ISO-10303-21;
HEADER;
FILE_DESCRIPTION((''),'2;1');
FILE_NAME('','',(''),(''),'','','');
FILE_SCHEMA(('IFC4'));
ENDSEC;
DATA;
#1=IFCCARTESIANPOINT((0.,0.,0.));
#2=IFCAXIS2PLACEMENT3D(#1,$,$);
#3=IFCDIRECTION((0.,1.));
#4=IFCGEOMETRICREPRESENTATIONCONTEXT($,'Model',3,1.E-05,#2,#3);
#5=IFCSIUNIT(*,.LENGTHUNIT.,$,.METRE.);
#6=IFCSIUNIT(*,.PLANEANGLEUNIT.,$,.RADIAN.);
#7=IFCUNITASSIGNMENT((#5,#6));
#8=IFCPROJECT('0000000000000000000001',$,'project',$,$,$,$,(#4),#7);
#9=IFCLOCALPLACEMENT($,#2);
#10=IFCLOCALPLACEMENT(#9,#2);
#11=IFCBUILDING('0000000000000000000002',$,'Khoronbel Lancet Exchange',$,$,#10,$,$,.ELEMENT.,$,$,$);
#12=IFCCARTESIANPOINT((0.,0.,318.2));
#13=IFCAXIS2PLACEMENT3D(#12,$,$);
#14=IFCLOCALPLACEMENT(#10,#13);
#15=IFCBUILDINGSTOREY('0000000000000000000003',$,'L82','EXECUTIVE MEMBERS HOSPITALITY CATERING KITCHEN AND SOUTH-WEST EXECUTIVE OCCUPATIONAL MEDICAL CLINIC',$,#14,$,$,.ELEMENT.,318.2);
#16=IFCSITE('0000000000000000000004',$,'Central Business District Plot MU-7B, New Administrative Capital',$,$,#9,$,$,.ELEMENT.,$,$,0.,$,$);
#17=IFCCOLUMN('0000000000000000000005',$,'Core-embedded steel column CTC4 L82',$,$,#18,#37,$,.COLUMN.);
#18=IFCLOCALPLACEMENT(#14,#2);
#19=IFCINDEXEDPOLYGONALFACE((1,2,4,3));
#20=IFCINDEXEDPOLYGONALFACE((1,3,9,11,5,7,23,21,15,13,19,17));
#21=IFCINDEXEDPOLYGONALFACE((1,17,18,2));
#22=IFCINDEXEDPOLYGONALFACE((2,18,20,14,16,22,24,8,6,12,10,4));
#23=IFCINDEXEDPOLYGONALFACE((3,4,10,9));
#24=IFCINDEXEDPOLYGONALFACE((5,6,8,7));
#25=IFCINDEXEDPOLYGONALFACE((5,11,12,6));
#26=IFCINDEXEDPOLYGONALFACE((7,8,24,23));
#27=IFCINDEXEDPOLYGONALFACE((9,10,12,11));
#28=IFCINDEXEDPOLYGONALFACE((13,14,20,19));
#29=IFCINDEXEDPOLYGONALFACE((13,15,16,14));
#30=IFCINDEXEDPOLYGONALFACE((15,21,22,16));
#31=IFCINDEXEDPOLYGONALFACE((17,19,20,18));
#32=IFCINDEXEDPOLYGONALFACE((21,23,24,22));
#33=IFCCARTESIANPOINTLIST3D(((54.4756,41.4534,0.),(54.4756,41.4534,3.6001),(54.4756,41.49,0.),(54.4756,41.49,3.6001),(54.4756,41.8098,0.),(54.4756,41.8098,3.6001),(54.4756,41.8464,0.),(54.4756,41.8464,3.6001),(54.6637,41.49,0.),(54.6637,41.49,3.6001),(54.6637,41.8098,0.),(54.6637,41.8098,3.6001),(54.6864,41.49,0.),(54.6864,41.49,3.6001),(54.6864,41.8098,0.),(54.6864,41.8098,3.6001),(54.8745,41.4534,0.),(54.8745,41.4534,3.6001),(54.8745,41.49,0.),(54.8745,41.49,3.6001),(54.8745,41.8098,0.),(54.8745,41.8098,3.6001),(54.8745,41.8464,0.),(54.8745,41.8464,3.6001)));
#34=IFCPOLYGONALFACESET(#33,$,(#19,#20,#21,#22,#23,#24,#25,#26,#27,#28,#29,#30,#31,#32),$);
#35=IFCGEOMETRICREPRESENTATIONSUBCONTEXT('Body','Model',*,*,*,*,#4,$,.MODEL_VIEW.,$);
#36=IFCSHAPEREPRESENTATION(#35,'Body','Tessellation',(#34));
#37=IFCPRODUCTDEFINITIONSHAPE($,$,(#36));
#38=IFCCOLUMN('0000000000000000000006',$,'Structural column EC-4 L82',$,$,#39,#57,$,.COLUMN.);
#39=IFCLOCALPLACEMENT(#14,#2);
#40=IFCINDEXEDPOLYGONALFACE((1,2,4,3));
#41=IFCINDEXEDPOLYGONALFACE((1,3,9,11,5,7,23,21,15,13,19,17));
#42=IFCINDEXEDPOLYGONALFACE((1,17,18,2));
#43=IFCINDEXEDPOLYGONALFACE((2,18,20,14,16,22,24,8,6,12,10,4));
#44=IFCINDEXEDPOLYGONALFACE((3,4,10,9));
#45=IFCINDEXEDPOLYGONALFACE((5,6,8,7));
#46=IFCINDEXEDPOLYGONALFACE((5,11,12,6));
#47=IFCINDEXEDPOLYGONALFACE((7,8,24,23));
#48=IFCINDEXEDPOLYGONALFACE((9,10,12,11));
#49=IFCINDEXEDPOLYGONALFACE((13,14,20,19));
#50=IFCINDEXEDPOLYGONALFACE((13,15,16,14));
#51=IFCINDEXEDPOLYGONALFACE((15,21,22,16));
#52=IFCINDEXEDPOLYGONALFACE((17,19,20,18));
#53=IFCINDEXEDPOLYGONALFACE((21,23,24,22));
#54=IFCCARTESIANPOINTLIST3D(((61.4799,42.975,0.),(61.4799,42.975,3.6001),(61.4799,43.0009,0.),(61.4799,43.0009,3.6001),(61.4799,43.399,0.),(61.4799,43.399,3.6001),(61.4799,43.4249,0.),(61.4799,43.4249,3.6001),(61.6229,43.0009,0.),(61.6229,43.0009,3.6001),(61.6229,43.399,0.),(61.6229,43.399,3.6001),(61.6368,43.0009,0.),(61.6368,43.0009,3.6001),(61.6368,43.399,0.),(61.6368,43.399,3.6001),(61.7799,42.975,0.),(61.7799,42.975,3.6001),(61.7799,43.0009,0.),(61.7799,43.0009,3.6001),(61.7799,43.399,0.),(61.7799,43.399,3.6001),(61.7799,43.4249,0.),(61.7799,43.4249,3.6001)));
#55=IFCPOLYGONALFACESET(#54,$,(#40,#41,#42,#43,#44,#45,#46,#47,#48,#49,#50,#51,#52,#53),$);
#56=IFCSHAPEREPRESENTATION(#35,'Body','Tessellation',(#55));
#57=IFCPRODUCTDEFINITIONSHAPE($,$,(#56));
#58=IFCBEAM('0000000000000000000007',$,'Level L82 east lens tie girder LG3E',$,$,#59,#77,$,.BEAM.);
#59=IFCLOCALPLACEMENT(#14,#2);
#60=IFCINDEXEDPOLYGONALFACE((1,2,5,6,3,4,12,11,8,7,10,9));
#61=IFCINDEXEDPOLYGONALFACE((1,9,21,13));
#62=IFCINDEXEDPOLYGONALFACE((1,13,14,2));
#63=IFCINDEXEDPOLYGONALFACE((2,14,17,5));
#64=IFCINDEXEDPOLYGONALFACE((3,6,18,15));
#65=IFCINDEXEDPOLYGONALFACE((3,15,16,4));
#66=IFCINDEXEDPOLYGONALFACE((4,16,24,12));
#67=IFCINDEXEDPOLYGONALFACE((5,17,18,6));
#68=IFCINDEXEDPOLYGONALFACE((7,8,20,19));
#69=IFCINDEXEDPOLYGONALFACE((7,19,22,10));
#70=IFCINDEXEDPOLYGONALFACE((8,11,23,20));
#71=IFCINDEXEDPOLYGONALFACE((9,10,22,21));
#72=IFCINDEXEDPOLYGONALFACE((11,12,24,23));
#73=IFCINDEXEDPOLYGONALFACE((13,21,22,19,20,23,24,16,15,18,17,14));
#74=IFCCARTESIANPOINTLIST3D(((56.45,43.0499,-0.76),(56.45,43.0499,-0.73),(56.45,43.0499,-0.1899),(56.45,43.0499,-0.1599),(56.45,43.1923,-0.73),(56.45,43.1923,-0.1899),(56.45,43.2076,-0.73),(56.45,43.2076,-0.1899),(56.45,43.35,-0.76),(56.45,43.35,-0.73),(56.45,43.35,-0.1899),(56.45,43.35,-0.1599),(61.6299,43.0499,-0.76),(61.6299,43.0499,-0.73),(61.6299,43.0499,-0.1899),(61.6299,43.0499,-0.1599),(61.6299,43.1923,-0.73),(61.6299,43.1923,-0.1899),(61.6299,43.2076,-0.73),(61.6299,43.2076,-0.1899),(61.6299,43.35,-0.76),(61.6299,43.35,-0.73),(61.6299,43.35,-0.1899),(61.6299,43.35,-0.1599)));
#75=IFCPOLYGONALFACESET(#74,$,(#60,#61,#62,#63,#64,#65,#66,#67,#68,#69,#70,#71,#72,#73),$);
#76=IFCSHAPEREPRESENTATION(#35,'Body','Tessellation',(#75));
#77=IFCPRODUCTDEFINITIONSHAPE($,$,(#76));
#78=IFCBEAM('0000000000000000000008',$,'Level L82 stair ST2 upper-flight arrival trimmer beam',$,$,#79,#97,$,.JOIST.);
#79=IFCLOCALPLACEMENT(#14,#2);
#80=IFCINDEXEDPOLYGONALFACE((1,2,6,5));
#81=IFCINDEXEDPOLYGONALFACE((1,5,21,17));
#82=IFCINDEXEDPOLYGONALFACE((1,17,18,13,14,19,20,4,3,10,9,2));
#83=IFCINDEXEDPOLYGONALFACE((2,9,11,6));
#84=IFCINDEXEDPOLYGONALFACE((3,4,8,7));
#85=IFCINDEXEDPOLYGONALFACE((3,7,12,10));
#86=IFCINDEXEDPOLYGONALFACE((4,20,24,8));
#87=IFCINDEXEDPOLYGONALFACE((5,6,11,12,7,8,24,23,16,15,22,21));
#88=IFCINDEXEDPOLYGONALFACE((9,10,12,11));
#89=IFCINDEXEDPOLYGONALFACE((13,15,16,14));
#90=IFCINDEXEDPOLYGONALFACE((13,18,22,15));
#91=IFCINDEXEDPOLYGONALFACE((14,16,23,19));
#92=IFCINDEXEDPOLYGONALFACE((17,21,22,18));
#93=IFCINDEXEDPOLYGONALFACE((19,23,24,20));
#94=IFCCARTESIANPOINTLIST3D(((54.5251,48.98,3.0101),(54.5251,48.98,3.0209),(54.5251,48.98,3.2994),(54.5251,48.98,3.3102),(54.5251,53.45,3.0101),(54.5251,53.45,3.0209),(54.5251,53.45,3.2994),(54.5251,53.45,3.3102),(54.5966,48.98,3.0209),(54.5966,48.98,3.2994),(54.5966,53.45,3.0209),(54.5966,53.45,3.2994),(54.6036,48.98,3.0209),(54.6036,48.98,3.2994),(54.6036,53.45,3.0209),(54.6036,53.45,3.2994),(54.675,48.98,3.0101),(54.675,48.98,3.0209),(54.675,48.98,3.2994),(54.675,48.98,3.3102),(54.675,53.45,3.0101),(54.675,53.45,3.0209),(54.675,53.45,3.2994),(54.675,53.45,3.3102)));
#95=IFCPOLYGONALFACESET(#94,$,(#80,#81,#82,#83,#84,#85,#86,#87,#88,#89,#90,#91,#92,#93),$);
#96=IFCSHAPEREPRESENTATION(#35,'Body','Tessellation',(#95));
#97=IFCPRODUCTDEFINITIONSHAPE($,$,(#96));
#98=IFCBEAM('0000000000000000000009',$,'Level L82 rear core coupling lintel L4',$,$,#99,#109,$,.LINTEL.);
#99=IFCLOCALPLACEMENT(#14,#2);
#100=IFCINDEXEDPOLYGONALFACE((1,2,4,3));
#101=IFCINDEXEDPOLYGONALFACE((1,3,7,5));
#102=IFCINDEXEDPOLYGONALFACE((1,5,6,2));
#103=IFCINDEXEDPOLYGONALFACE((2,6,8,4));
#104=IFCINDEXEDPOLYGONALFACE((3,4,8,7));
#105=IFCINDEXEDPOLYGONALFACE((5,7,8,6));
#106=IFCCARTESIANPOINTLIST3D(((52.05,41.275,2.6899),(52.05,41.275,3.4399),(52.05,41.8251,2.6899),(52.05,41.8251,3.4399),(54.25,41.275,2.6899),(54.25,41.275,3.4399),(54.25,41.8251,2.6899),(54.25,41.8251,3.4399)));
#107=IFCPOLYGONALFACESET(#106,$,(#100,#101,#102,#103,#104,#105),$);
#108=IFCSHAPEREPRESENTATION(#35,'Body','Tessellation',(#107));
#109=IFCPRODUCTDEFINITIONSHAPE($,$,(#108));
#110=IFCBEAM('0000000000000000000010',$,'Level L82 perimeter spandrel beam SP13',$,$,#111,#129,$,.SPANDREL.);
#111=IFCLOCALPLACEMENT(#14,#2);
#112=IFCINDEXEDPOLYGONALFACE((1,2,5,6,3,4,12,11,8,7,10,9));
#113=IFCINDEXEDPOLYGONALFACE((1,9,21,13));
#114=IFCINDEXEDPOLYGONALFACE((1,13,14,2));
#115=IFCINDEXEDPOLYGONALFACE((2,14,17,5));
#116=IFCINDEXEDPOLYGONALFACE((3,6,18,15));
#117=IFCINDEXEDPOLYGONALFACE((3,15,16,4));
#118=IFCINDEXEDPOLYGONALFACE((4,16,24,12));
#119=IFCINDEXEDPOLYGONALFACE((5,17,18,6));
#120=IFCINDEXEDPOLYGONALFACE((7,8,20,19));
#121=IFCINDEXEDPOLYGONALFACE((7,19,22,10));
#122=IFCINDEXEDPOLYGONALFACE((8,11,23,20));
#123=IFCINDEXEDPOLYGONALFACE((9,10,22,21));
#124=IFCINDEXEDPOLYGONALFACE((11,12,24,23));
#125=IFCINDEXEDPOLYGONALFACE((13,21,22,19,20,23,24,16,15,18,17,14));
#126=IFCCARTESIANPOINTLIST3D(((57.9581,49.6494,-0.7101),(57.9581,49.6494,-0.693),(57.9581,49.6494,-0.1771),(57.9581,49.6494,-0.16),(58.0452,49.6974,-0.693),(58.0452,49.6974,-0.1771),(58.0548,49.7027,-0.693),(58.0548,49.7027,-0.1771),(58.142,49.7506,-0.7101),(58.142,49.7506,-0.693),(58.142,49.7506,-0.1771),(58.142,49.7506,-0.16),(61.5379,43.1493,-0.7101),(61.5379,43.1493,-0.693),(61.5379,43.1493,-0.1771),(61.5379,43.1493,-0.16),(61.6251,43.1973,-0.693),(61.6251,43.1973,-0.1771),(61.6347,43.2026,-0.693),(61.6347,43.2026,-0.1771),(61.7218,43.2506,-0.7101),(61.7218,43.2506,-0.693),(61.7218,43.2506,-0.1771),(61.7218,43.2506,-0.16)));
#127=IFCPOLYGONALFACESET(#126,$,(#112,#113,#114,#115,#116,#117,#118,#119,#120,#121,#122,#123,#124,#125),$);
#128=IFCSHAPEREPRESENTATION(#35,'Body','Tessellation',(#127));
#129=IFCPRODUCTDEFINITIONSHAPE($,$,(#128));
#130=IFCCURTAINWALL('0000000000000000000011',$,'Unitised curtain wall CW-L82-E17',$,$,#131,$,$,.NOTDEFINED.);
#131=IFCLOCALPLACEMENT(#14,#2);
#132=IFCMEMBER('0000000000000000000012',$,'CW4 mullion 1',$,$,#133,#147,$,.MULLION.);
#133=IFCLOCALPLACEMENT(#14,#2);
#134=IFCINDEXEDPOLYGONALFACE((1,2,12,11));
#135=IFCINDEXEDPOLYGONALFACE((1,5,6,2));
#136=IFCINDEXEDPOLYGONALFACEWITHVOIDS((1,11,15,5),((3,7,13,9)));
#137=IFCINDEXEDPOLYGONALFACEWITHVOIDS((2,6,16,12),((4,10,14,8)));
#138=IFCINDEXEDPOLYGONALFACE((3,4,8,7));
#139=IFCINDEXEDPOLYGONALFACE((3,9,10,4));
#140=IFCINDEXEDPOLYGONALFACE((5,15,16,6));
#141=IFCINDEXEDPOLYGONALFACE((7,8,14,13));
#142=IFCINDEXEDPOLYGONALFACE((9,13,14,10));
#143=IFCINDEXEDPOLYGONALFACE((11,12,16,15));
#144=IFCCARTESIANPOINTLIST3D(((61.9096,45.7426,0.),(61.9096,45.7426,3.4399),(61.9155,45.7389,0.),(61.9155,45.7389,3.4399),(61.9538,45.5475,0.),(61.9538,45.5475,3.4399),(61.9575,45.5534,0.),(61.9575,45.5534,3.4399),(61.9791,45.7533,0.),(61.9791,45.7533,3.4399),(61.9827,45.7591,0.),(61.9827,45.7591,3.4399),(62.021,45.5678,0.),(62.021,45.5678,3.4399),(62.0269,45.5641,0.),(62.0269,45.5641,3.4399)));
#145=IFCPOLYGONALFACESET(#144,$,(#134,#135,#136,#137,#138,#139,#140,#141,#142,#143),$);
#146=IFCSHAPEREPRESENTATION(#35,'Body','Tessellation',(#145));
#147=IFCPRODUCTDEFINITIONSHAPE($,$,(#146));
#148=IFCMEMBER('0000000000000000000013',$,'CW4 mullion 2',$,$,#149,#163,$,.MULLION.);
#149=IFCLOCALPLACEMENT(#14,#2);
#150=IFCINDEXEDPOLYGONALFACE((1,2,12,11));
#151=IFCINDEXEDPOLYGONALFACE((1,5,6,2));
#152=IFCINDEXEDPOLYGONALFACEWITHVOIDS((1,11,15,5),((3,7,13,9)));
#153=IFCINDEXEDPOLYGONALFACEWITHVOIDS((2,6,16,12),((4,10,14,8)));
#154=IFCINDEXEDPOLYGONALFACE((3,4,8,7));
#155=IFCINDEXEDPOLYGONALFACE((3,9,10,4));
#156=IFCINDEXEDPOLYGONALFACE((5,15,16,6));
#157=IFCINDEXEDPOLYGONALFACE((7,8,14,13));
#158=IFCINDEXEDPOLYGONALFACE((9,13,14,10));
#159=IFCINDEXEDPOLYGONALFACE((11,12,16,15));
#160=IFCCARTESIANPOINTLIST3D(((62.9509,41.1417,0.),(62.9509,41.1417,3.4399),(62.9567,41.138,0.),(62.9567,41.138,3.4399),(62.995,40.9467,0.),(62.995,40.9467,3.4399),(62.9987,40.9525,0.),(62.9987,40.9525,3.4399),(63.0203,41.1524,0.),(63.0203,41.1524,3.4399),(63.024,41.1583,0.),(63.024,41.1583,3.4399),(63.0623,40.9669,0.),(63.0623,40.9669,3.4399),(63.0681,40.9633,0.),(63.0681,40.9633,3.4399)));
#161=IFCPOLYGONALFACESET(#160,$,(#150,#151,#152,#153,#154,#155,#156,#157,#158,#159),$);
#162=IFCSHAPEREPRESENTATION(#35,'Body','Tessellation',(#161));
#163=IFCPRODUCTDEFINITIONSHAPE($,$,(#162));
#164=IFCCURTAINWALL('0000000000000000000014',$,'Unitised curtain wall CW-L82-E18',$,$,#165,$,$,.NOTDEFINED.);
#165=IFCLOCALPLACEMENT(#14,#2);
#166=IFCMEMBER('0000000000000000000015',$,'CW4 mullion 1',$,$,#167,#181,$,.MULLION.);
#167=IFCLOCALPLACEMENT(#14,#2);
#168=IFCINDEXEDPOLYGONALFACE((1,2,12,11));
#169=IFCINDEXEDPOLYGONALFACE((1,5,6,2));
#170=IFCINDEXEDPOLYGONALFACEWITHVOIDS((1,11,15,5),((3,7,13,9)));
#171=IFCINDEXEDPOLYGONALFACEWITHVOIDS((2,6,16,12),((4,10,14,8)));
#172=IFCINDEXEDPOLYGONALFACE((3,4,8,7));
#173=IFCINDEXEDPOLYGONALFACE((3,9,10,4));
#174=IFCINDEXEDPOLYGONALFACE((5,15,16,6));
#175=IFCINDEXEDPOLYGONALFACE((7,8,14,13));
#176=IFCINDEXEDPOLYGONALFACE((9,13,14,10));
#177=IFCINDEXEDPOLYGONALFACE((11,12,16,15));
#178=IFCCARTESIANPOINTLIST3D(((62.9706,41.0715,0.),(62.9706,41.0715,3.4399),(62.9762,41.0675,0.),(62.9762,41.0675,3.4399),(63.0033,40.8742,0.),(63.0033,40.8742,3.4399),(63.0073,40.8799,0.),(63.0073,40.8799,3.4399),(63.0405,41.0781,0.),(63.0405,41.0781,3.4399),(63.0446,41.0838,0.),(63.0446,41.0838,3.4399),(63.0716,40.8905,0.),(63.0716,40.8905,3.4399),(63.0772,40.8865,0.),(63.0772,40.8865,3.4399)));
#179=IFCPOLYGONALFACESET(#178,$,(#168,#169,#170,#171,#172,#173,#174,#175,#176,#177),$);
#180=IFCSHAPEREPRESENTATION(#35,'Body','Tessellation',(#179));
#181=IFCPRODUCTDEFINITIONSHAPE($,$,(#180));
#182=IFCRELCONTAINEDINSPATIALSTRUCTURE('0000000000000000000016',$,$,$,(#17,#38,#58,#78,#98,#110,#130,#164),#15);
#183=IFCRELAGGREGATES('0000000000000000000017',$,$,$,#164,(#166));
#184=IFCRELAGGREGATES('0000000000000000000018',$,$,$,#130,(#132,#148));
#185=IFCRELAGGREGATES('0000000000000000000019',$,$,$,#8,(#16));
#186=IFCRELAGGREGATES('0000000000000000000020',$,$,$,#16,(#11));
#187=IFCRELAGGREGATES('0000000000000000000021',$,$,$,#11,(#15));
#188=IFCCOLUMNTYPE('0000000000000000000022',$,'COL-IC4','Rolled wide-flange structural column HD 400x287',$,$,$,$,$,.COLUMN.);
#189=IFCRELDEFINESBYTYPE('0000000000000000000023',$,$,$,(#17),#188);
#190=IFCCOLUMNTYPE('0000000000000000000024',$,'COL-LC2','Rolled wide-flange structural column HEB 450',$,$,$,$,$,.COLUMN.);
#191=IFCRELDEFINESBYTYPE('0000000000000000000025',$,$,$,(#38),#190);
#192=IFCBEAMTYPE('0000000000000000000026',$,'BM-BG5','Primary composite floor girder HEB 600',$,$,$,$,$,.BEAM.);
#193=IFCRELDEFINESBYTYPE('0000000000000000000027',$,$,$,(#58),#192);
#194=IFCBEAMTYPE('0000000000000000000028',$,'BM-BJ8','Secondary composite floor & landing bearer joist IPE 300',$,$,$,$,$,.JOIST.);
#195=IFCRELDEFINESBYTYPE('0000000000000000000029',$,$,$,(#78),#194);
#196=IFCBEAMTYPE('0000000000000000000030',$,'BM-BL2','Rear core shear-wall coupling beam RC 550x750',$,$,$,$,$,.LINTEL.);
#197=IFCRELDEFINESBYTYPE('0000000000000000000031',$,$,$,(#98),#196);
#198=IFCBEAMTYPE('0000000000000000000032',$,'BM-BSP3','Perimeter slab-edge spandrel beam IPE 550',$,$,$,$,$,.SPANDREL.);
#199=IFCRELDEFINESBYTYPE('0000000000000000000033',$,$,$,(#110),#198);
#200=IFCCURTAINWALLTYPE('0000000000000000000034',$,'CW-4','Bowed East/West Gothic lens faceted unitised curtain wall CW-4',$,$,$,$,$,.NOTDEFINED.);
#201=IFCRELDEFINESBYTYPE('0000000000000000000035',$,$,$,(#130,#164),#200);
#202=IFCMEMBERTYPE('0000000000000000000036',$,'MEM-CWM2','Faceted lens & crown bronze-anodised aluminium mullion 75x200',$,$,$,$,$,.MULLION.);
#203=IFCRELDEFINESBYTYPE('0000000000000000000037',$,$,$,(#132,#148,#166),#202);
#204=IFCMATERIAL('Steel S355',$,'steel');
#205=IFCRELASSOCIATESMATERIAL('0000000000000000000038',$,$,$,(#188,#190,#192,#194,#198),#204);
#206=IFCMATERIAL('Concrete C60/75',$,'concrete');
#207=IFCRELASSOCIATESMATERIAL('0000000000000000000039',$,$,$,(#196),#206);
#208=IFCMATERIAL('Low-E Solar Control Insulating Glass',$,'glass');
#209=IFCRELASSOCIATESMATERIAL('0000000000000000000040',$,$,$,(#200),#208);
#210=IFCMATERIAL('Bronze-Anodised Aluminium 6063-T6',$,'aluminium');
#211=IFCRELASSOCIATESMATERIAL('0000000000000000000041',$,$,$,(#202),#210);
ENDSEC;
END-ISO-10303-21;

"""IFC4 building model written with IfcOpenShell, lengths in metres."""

from ifc_helpers import new_model, si_unit, direction, frame, origin, origin_2d, place, context, subcontext, project, spatial, rectangle, hollow_rectangle, i_section, extrude, material, material_profile, profile_set, type_object, element, aggregate, save


model = new_model("IFC4")

# Units and contexts
model_context = context("Model", 3, precision=1e-05, world=origin(), true_north=direction((0.0, 1.0)))
body_context = subcontext(model_context, "Body", "Model", "MODEL_VIEW")
ifc_project = project(units=[si_unit("LENGTHUNIT", "METRE"), si_unit("PLANEANGLEUNIT", "RADIAN")], contexts=[model_context])

# Site, building, storey
site_placement = place(None, origin())
site = spatial("IfcSite", under=ifc_project, at=site_placement, Name="Central Business District Plot MU-7B, New Administrative Capital", CompositionType="ELEMENT", RefElevation=0.0)
building_placement = place(site_placement, origin())
building = spatial("IfcBuilding", under=site, at=building_placement, Name="Khoronbel Lancet Exchange", CompositionType="ELEMENT")
storey_placement = place(building_placement, frame((0.0, 0.0, 318.2)))
storey = spatial("IfcBuildingStorey", under=building, at=storey_placement, Name="L82", Description="EXECUTIVE MEMBERS HOSPITALITY CATERING KITCHEN AND SOUTH-WEST EXECUTIVE OCCUPATIONAL MEDICAL CLINIC", CompositionType="ELEMENT", Elevation=318.2)

# Columns
ifc_material_1 = material(Name="Steel S355", Category="steel")
ifc_material_profile_1 = material_profile(ifc_material_1, i_section(OverallWidth=0.3989, OverallDepth=0.3931, WebThickness=0.0227, FlangeThickness=0.0366, at=origin_2d()), Name="HD 400x287")
ifc_profile_set_1 = profile_set([ifc_material_profile_1], Name="Steel S355")
column_type_1 = type_object("IfcColumnType", Name="COL-IC4", Description="Rolled wide-flange structural column HD 400x287", PredefinedType="COLUMN", material=ifc_profile_set_1)
column_1_placement = place(storey_placement, frame((54.675, 41.6499, 0.0), z_axis=(0.0, 0.0, 1.0), x_axis=(1.0, 0.0, 0.0)))
element("IfcColumn", 1, at=column_1_placement, inside=storey, type_object=column_type_1, Name="Core-embedded steel column CTC4 L82", PredefinedType="COLUMN", context=body_context, shape_type="SweptSolid", body=[
    extrude(i_section(OverallWidth=0.3989, OverallDepth=0.3931, WebThickness=0.0227, FlangeThickness=0.0366, at=origin_2d()), origin(), (0.0, 0.0, 1.0), 3.6001),
])
ifc_material_profile_2 = material_profile(ifc_material_1, i_section(OverallWidth=0.3, OverallDepth=0.45, WebThickness=0.0139, FlangeThickness=0.0259, at=origin_2d()), Name="HEB 450")
ifc_profile_set_2 = profile_set([ifc_material_profile_2], Name="Steel S355")
column_type_2 = type_object("IfcColumnType", Name="COL-LC2", Description="Rolled wide-flange structural column HEB 450", PredefinedType="COLUMN", material=ifc_profile_set_2)
column_2_placement = place(storey_placement, frame((61.6299, 43.2, 0.0), z_axis=(0.0, 0.0, 1.0), x_axis=(1.0, 0.0, 0.0)))
element("IfcColumn", 2, at=column_2_placement, inside=storey, type_object=column_type_2, Name="Structural column EC-4 L82", PredefinedType="COLUMN", context=body_context, shape_type="SweptSolid", body=[
    extrude(i_section(OverallWidth=0.3, OverallDepth=0.45, WebThickness=0.0139, FlangeThickness=0.0259, at=origin_2d()), origin(), (0.0, 0.0, 1.0), 3.6001),
])

# Beams
ifc_material_profile_3 = material_profile(ifc_material_1, i_section(OverallWidth=0.3, OverallDepth=0.6001, WebThickness=0.0154, FlangeThickness=0.03, at=origin_2d()), Name="HEB 600")
ifc_profile_set_3 = profile_set([ifc_material_profile_3], Name="Steel S355")
beam_type_1 = type_object("IfcBeamType", Name="BM-BG5", Description="Primary composite floor girder HEB 600", PredefinedType="BEAM", material=ifc_profile_set_3)
beam_1_placement = place(storey_placement, frame((56.45, 43.2, -0.46), z_axis=(1.0, 0.0, 0.0), x_axis=(0.0, 1.0, 0.0)))
element("IfcBeam", 3, at=beam_1_placement, inside=storey, type_object=beam_type_1, Name="Level L82 east lens tie girder LG3E", PredefinedType="BEAM", context=body_context, shape_type="SweptSolid", body=[
    extrude(i_section(OverallWidth=0.3, OverallDepth=0.6001, WebThickness=0.0154, FlangeThickness=0.03, at=origin_2d()), origin(), (0.0, 0.0, 1.0), 5.1799),
])
ifc_material_profile_4 = material_profile(ifc_material_1, i_section(OverallWidth=0.1499, OverallDepth=0.3, WebThickness=0.0071, FlangeThickness=0.0107, at=origin_2d()), Name="IPE 300")
ifc_profile_set_4 = profile_set([ifc_material_profile_4], Name="Steel S355")
beam_type_2 = type_object("IfcBeamType", Name="BM-BJ8", Description="Secondary composite floor & landing bearer joist IPE 300", PredefinedType="JOIST", material=ifc_profile_set_4)
beam_2_placement = place(storey_placement, frame((54.6001, 48.98, 3.1602), z_axis=(0.0, 1.0, 0.0), x_axis=(-1.0, 0.0, 0.0)))
element("IfcBeam", 4, at=beam_2_placement, inside=storey, type_object=beam_type_2, Name="Level L82 stair ST2 upper-flight arrival trimmer beam", PredefinedType="JOIST", context=body_context, shape_type="SweptSolid", body=[
    extrude(i_section(OverallWidth=0.1499, OverallDepth=0.3, WebThickness=0.0071, FlangeThickness=0.0107, at=origin_2d()), origin(), (0.0, 0.0, 1.0), 4.47),
])
ifc_material_2 = material(Name="Concrete C60/75", Category="concrete")
ifc_material_profile_5 = material_profile(ifc_material_2, rectangle(XDim=0.55, YDim=0.75, at=origin_2d()), Name="RC 550x750")
ifc_profile_set_5 = profile_set([ifc_material_profile_5], Name="Concrete C60/75")
beam_type_3 = type_object("IfcBeamType", Name="BM-BL2", Description="Rear core shear-wall coupling beam RC 550x750", PredefinedType="LINTEL", material=ifc_profile_set_5)
beam_3_placement = place(storey_placement, frame((52.05, 41.55, 3.0649), z_axis=(1.0, 0.0, 0.0), x_axis=(0.0, 1.0, 0.0)))
element("IfcBeam", 5, at=beam_3_placement, inside=storey, type_object=beam_type_3, Name="Level L82 rear core coupling lintel L4", PredefinedType="LINTEL", context=body_context, shape_type="SweptSolid", body=[
    extrude(rectangle(XDim=0.55, YDim=0.75, at=origin_2d()), origin(), (0.0, 0.0, 1.0), 2.2),
])
ifc_material_profile_6 = material_profile(ifc_material_1, i_section(OverallWidth=0.21, OverallDepth=0.55, WebThickness=0.011, FlangeThickness=0.0171, at=origin_2d()), Name="IPE 550")
ifc_profile_set_6 = profile_set([ifc_material_profile_6], Name="Steel S355")
beam_type_4 = type_object("IfcBeamType", Name="BM-BSP3", Description="Perimeter slab-edge spandrel beam IPE 550", PredefinedType="SPANDREL", material=ifc_profile_set_6)
beam_4_placement = place(storey_placement, frame((61.6299, 43.2, -0.4351), z_axis=(-0.482419, 0.875941, 0.0), x_axis=(-0.875941, -0.482419, 0.0)))
element("IfcBeam", 6, at=beam_4_placement, inside=storey, type_object=beam_type_4, Name="Level L82 perimeter spandrel beam SP13", PredefinedType="SPANDREL", context=body_context, shape_type="SweptSolid", body=[
    extrude(i_section(OverallWidth=0.21, OverallDepth=0.55, WebThickness=0.011, FlangeThickness=0.0171, at=origin_2d()), origin(), (0.0, 0.0, 1.0), 7.4207),
])

# Curtain wall, members
ifc_material_3 = material(Name="Low-E Solar Control Insulating Glass", Category="glass")
curtain_wall_type = type_object("IfcCurtainWallType", Name="CW-4", Description="Bowed East/West Gothic lens faceted unitised curtain wall CW-4", PredefinedType="NOTDEFINED", material=ifc_material_3)
curtain_wall_1_placement = place(storey_placement, origin())
curtain_wall_1 = element("IfcCurtainWall", 7, at=curtain_wall_1_placement, inside=storey, type_object=curtain_wall_type, Name="Unitised curtain wall CW-L82-E17", PredefinedType="NOTDEFINED")
ifc_material_4 = material(Name="Bronze-Anodised Aluminium 6063-T6", Category="aluminium")
ifc_material_profile_7 = material_profile(ifc_material_4, hollow_rectangle(XDim=0.075, YDim=0.2, WallThickness=0.0049, at=origin_2d()), Name="ALU MULLION 75x200")
ifc_profile_set_7 = profile_set([ifc_material_profile_7], Name="Bronze-Anodised Aluminium 6063-T6")
member_type_1 = type_object("IfcMemberType", Name="MEM-CWM2", Description="Faceted lens & crown bronze-anodised aluminium mullion 75x200", PredefinedType="MULLION", material=ifc_profile_set_7)
member_1_placement = place(storey_placement, frame((61.9683, 45.6533, 0.0), z_axis=(0.0, 0.0, 1.0), x_axis=(0.975333, 0.220738, 0.0)))
member_1 = element("IfcMember", 8, at=member_1_placement, type_object=member_type_1, Name="CW4 mullion 1", PredefinedType="MULLION", context=body_context, shape_type="SweptSolid", body=[
    extrude(hollow_rectangle(XDim=0.075, YDim=0.2, WallThickness=0.0049, at=origin_2d()), origin(), (0.0, 0.0, 1.0), 3.4399),
])
member_2_placement = place(storey_placement, frame((63.0095, 41.0525, 0.0), z_axis=(0.0, 0.0, 1.0), x_axis=(0.975333, 0.220738, 0.0)))
member_2 = element("IfcMember", 9, at=member_2_placement, type_object=member_type_1, Name="CW4 mullion 2", PredefinedType="MULLION", context=body_context, shape_type="SweptSolid", body=[
    extrude(hollow_rectangle(XDim=0.075, YDim=0.2, WallThickness=0.0049, at=origin_2d()), origin(), (0.0, 0.0, 1.0), 3.4399),
])

# Curtain wall, member
curtain_wall_2_placement = place(storey_placement, origin())
curtain_wall_2 = element("IfcCurtainWall", 10, at=curtain_wall_2_placement, inside=storey, type_object=curtain_wall_type, Name="Unitised curtain wall CW-L82-E18", PredefinedType="NOTDEFINED")
member_3_placement = place(storey_placement, frame((63.0239, 40.979, 0.0), z_axis=(0.0, 0.0, 1.0), x_axis=(0.986547, 0.163479, 0.0)))
member_3 = element("IfcMember", 11, at=member_3_placement, type_object=member_type_1, Name="CW4 mullion 1", PredefinedType="MULLION", context=body_context, shape_type="SweptSolid", body=[
    extrude(hollow_rectangle(XDim=0.075, YDim=0.2, WallThickness=0.0049, at=origin_2d()), origin(), (0.0, 0.0, 1.0), 3.4399),
])

aggregate(curtain_wall_2, [member_3])
aggregate(curtain_wall_1, [member_1, member_2])

save(model, "model.ifc")
